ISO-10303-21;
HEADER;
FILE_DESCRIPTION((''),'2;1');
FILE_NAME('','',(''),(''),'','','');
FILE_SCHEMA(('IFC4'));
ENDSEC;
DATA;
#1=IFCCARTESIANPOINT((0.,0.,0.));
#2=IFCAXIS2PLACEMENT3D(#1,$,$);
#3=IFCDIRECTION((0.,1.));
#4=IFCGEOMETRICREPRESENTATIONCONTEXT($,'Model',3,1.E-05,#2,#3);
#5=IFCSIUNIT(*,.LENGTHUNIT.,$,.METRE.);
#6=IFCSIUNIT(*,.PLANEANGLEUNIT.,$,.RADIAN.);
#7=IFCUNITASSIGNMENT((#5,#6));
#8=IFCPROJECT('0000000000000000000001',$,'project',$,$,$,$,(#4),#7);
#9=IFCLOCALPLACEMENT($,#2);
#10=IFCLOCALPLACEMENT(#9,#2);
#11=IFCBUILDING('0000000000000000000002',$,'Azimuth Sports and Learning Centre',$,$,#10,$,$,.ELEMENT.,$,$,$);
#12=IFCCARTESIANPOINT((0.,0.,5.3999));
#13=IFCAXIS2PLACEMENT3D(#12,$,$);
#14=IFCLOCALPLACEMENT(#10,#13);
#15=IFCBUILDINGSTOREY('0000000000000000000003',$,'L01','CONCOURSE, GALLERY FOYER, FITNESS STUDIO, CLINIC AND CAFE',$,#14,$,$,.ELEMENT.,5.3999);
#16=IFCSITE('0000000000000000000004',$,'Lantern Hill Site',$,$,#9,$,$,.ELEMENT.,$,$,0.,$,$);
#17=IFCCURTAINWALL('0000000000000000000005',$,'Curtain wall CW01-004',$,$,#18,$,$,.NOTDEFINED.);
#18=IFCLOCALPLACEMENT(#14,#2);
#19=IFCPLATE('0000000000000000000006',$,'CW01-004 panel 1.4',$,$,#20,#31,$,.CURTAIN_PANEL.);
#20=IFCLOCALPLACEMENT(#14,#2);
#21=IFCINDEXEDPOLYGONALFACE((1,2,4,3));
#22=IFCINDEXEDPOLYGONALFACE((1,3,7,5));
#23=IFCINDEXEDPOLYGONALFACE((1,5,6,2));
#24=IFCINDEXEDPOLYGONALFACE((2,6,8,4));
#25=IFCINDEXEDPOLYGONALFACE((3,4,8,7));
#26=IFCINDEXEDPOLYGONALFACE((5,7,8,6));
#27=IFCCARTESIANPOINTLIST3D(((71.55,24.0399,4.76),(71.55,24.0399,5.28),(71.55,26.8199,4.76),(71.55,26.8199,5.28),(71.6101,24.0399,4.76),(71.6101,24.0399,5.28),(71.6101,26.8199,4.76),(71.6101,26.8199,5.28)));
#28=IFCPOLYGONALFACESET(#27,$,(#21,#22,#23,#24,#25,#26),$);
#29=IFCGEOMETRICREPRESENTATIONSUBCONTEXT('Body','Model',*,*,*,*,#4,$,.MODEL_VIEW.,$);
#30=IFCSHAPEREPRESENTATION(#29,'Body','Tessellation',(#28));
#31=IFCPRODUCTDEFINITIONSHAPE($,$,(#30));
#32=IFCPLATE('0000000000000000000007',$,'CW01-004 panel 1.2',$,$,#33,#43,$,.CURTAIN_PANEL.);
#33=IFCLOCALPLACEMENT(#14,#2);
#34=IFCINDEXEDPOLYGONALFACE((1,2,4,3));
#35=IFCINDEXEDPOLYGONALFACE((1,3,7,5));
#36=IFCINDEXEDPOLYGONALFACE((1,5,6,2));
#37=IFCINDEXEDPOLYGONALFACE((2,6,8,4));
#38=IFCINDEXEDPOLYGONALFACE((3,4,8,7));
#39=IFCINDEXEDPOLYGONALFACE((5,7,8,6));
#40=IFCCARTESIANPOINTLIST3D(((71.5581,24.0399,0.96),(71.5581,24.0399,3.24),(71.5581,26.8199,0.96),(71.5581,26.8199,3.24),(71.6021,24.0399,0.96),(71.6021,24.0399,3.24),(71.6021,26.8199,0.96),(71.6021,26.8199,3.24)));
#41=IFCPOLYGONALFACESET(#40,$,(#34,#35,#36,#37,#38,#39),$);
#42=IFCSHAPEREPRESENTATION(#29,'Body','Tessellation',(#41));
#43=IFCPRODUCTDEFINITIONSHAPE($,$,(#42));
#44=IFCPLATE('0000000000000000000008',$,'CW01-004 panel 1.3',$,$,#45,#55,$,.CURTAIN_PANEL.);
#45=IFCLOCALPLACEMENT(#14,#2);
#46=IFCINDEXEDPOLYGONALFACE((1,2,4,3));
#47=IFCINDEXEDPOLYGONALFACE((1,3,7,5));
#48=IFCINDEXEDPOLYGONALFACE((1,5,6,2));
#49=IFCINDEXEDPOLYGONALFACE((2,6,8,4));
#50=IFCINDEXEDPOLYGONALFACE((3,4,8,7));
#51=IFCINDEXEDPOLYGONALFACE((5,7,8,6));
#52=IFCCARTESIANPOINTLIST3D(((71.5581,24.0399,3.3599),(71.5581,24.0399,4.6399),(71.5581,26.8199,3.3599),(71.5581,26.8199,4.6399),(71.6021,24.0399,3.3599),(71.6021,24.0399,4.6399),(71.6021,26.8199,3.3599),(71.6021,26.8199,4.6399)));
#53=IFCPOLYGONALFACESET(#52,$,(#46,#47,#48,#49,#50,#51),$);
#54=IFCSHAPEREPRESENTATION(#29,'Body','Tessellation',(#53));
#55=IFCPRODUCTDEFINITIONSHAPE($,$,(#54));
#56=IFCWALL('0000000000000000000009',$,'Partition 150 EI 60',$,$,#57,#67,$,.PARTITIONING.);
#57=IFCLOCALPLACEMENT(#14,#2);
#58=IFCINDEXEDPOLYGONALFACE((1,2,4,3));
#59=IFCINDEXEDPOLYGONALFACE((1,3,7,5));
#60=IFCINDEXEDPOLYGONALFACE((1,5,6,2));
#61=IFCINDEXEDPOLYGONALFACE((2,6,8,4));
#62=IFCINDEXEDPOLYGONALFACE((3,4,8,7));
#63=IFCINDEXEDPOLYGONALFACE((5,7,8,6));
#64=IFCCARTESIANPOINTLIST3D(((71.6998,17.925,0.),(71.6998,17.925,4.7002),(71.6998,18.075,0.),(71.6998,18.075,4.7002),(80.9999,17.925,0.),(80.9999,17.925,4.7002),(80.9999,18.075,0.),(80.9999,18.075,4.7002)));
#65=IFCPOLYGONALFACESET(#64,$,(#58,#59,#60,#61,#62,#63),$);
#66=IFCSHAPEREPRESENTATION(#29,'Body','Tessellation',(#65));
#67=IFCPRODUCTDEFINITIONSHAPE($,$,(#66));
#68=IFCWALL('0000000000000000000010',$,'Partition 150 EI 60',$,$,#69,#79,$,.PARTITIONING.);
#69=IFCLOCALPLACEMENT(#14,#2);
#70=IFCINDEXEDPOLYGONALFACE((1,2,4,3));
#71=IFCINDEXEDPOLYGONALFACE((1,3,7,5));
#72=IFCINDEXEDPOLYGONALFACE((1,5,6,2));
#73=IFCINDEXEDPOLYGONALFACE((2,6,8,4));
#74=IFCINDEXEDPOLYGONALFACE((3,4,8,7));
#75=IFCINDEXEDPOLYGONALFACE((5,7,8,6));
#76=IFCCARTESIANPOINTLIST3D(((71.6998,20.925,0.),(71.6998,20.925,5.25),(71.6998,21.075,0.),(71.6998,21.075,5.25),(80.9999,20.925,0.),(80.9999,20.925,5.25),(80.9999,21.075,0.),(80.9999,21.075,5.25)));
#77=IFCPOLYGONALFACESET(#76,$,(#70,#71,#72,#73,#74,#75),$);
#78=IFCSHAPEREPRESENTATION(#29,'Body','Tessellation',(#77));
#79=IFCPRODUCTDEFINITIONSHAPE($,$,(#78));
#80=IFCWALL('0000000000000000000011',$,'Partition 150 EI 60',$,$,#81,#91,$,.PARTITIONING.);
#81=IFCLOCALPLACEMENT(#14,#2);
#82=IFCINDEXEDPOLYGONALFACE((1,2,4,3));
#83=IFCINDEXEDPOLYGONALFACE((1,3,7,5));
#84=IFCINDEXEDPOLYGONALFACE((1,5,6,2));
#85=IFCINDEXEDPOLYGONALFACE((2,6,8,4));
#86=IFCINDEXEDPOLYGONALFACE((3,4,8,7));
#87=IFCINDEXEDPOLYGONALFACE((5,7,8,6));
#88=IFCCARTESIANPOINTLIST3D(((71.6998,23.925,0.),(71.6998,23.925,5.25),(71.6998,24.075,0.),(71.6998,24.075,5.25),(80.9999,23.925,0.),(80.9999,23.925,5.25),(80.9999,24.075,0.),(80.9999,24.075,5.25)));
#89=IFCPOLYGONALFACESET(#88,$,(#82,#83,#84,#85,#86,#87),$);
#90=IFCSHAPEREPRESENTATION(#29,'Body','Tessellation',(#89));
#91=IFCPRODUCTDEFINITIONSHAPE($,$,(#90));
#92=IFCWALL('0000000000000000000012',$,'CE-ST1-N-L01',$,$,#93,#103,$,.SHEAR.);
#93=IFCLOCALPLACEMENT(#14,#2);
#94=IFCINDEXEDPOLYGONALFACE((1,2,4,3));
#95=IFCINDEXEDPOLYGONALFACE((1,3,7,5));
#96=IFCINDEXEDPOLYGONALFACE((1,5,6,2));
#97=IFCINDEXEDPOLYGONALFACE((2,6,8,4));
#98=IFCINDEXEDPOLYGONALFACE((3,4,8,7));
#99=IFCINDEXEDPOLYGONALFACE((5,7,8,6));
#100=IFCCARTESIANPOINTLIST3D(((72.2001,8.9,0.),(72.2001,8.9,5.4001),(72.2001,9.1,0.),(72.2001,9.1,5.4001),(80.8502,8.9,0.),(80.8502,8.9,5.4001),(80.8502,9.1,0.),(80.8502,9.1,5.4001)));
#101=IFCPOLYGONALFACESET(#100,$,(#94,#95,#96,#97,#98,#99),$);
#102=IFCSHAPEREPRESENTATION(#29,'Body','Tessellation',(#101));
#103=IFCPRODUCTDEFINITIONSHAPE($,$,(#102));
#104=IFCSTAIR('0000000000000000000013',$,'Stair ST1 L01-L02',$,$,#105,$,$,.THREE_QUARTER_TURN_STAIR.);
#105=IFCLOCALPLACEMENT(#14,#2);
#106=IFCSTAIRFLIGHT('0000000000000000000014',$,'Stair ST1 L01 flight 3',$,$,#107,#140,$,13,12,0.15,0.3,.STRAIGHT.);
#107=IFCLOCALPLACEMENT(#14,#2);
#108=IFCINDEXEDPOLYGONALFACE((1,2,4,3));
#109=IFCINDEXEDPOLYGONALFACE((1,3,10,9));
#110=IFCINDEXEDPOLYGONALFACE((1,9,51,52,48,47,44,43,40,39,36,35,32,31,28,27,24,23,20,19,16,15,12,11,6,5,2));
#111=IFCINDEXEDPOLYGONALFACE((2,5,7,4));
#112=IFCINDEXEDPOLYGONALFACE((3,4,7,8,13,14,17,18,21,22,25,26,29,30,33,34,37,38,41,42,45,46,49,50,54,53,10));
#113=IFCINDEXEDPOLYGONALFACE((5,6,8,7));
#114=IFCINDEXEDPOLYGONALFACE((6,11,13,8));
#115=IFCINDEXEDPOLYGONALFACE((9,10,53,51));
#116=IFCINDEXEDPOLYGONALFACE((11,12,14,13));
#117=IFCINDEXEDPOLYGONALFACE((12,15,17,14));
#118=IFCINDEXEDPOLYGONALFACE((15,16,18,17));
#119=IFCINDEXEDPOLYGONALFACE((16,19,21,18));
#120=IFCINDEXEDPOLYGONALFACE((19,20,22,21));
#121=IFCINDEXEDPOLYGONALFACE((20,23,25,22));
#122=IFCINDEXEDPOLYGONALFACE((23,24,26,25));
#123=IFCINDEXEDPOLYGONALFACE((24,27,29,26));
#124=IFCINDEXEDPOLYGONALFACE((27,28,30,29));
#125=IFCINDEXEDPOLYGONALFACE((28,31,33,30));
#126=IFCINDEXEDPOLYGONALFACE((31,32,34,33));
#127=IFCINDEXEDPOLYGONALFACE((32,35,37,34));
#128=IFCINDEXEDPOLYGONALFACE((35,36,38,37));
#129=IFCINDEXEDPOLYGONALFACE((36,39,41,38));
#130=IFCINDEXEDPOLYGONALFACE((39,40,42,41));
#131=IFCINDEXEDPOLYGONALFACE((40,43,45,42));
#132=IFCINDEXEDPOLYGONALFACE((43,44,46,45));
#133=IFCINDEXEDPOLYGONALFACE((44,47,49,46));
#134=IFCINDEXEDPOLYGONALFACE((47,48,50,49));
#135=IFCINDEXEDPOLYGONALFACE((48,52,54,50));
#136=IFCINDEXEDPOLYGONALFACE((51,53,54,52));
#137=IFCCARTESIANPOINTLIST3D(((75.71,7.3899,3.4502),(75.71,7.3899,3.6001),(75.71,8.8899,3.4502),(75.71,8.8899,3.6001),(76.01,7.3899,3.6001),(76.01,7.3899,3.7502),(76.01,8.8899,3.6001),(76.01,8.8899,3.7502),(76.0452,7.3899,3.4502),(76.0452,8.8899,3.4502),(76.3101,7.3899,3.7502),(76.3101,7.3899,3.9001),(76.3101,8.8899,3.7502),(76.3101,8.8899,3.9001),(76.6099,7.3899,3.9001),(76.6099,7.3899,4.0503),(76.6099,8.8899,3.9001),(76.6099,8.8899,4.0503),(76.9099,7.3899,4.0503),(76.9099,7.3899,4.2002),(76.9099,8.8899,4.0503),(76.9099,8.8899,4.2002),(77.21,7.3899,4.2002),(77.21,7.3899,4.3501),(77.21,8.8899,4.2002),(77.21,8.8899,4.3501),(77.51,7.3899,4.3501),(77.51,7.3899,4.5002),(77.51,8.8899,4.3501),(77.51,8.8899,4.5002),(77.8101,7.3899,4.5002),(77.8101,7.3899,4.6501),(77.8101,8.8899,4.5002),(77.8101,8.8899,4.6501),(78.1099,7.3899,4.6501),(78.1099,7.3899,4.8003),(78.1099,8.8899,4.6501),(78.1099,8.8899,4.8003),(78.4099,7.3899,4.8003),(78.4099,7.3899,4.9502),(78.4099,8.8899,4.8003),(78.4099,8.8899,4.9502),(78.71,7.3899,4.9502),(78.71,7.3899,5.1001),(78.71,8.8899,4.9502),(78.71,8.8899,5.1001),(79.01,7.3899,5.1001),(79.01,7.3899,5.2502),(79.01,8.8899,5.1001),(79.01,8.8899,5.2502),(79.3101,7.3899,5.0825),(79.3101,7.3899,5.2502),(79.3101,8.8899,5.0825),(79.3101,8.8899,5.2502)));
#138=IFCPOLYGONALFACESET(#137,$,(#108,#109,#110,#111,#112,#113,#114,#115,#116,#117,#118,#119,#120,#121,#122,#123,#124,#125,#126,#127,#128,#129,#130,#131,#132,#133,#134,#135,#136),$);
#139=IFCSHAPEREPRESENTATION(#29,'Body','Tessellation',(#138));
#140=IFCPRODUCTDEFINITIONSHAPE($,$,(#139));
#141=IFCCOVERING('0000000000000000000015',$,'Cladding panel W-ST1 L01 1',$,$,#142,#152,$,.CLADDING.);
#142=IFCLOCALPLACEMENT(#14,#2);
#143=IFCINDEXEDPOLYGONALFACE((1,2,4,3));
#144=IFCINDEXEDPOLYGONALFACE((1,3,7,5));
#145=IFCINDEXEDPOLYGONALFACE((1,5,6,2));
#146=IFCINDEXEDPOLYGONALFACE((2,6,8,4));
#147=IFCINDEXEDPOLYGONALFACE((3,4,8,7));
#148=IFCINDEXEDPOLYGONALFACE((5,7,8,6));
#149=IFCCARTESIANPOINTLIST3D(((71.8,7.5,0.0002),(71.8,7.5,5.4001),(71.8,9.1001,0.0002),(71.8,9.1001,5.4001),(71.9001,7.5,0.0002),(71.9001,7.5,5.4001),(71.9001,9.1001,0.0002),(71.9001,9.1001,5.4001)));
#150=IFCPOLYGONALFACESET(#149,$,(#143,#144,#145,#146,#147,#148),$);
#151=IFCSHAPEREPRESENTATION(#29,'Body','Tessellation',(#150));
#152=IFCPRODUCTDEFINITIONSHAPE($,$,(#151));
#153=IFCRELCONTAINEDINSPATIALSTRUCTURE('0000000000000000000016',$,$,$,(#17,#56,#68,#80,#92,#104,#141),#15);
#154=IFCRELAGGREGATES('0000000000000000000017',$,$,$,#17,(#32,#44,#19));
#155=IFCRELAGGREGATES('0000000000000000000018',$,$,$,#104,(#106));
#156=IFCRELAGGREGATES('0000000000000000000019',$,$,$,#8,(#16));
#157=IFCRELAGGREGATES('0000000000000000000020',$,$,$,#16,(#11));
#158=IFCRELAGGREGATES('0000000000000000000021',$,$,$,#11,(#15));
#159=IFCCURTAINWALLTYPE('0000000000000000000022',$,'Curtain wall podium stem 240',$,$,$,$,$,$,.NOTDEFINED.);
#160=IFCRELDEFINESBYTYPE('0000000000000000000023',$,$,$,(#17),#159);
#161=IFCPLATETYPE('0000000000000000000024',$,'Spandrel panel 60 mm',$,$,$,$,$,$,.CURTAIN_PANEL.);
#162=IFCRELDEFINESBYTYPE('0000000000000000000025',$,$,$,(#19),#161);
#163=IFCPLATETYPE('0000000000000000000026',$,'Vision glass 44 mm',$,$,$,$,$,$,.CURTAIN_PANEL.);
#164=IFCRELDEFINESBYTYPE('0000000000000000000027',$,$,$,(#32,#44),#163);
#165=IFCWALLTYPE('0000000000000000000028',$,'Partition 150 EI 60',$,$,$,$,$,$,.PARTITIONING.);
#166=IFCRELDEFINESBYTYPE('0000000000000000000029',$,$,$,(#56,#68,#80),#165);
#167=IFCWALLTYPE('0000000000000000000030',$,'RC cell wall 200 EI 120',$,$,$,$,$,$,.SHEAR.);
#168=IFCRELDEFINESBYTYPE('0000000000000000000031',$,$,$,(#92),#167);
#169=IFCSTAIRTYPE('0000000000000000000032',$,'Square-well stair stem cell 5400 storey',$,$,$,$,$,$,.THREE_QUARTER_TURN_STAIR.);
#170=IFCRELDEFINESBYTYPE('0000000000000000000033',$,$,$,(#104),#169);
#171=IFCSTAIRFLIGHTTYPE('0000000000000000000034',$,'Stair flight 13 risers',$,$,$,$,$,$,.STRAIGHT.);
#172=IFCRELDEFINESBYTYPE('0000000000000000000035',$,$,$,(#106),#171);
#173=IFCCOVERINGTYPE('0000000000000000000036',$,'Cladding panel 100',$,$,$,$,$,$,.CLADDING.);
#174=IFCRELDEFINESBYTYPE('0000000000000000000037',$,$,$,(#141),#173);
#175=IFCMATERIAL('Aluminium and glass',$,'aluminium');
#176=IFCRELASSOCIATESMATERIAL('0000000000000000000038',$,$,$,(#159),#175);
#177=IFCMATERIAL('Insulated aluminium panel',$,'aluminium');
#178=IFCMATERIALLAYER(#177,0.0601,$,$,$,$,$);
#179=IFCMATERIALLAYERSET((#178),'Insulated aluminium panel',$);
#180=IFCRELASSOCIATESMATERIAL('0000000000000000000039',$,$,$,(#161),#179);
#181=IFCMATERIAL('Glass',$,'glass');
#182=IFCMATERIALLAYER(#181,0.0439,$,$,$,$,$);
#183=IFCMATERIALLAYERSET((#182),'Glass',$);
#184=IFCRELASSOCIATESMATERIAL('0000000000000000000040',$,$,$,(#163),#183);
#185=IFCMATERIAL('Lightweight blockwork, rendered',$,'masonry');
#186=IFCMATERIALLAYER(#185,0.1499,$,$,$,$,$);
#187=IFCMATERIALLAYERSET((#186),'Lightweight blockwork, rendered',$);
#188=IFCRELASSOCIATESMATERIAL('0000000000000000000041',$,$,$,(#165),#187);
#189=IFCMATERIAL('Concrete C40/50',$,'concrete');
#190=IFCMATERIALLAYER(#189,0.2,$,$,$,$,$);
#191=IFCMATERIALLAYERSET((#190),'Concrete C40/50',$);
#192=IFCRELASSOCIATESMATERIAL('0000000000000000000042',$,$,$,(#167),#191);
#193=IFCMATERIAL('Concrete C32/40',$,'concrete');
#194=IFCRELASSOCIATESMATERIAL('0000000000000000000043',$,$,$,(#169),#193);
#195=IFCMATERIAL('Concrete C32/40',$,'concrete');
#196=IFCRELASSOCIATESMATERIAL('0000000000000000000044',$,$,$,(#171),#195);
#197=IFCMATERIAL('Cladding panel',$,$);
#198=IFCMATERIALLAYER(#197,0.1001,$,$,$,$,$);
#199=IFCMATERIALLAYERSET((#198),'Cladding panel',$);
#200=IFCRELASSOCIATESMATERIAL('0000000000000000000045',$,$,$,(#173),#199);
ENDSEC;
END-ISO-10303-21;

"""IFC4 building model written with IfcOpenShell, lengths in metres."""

from ifc_helpers import new_model, si_unit, direction, frame, frame_2d, origin, origin_2d, place, context, subcontext, project, spatial, polyline, rectangle, outline, extrude, material, layer, layer_set, type_object, element, aggregate, save


model = new_model("IFC4")

# Units and contexts
model_context = context("Model", 3, precision=1e-05, world=origin(), true_north=direction((0.0, 1.0)))
body_context = subcontext(model_context, "Body", "Model", "MODEL_VIEW")
ifc_project = project(units=[si_unit("LENGTHUNIT", "METRE"), si_unit("PLANEANGLEUNIT", "RADIAN")], contexts=[model_context])

# Site, building, storey
site_placement = place(None, origin())
site = spatial("IfcSite", under=ifc_project, at=site_placement, Name="Lantern Hill Site", CompositionType="ELEMENT", RefElevation=0.0)
building_placement = place(site_placement, origin())
building = spatial("IfcBuilding", under=site, at=building_placement, Name="Azimuth Sports and Learning Centre", CompositionType="ELEMENT")
storey_placement = place(building_placement, frame((0.0, 0.0, 5.3999)))
storey = spatial("IfcBuildingStorey", under=building, at=storey_placement, Name="L01", Description="CONCOURSE, GALLERY FOYER, FITNESS STUDIO, CLINIC AND CAFE", CompositionType="ELEMENT", Elevation=5.3999)

# Curtain wall, plates
ifc_material_1 = material(Name="Aluminium and glass", Category="aluminium")
curtain_wall_type = type_object("IfcCurtainWallType", Name="Curtain wall podium stem 240", PredefinedType="NOTDEFINED", material=ifc_material_1)
curtain_wall_placement = place(storey_placement, origin())
curtain_wall = element("IfcCurtainWall", 1, at=curtain_wall_placement, inside=storey, type_object=curtain_wall_type, Name="Curtain wall CW01-004", PredefinedType="NOTDEFINED")
ifc_material_2 = material(Name="Insulated aluminium panel", Category="aluminium")
ifc_layer_1 = layer(ifc_material_2, 0.0601)
ifc_layer_set_1 = layer_set([ifc_layer_1], Name="Insulated aluminium panel")
plate_type_1 = type_object("IfcPlateType", Name="Spandrel panel 60 mm", PredefinedType="CURTAIN_PANEL", material=ifc_layer_set_1)
plate_1_placement = place(storey_placement, frame((71.5801, 25.4299, 4.76), z_axis=(0.0, 0.0, 1.0), x_axis=(0.0, -1.0, 0.0)))
plate_1 = element("IfcPlate", 2, at=plate_1_placement, type_object=plate_type_1, Name="CW01-004 panel 1.4", PredefinedType="CURTAIN_PANEL", context=body_context, shape_type="SweptSolid", body=[
    extrude(rectangle(XDim=2.78, YDim=0.0601, at=origin_2d()), origin(), (0.0, 0.0, 1.0), 0.52),
])
ifc_material_3 = material(Name="Glass", Category="glass")
ifc_layer_2 = layer(ifc_material_3, 0.0439)
ifc_layer_set_2 = layer_set([ifc_layer_2], Name="Glass")
plate_type_2 = type_object("IfcPlateType", Name="Vision glass 44 mm", PredefinedType="CURTAIN_PANEL", material=ifc_layer_set_2)
plate_2_placement = place(storey_placement, frame((71.5801, 25.4299, 0.96), z_axis=(0.0, 0.0, 1.0), x_axis=(0.0, -1.0, 0.0)))
plate_2 = element("IfcPlate", 3, at=plate_2_placement, type_object=plate_type_2, Name="CW01-004 panel 1.2", PredefinedType="CURTAIN_PANEL", context=body_context, shape_type="SweptSolid", body=[
    extrude(rectangle(XDim=2.78, YDim=0.0439, at=origin_2d()), origin(), (0.0, 0.0, 1.0), 2.28),
])
plate_3_placement = place(storey_placement, frame((71.5801, 25.4299, 3.3599), z_axis=(0.0, 0.0, 1.0), x_axis=(0.0, -1.0, 0.0)))
plate_3 = element("IfcPlate", 4, at=plate_3_placement, type_object=plate_type_2, Name="CW01-004 panel 1.3", PredefinedType="CURTAIN_PANEL", context=body_context, shape_type="SweptSolid", body=[
    extrude(rectangle(XDim=2.78, YDim=0.0439, at=origin_2d()), origin(), (0.0, 0.0, 1.0), 1.28),
])
aggregate(curtain_wall, [plate_2, plate_3, plate_1])

# Walls
ifc_material_4 = material(Name="Lightweight blockwork, rendered", Category="masonry")
ifc_layer_3 = layer(ifc_material_4, 0.1499)
ifc_layer_set_3 = layer_set([ifc_layer_3], Name="Lightweight blockwork, rendered")
wall_type_1 = type_object("IfcWallType", Name="Partition 150 EI 60", PredefinedType="PARTITIONING", material=ifc_layer_set_3)
wall_1_placement = place(storey_placement, frame((71.7, 18.0, 0.0), z_axis=(0.0, 0.0, 1.0), x_axis=(1.0, 0.0, 0.0)))
element("IfcWall", 5, at=wall_1_placement, inside=storey, type_object=wall_type_1, Name="Partition 150 EI 60", PredefinedType="PARTITIONING", context=body_context, shape_type="SweptSolid", body=[
    extrude(rectangle(XDim=9.3, YDim=0.1499, at=frame_2d((4.6499, 0.0))), origin(), (0.0, 0.0, 1.0), 4.7002),
])
for number, where, z_axis, x_axis, name in (
    (6, (71.7, 21.0, 0.0), (0.0, 0.0, 1.0), (1.0, 0.0, 0.0), "Partition 150 EI 60"),
    (7, (71.7, 24.0, 0.0), (0.0, 0.0, 1.0), (1.0, 0.0, 0.0), "Partition 150 EI 60"),
):
    element("IfcWall", number, at=place(storey_placement, frame(where, z_axis=z_axis, x_axis=x_axis)), inside=storey, type_object=wall_type_1, Name=name, PredefinedType="PARTITIONING", context=body_context, shape_type="SweptSolid", body=[
        extrude(rectangle(XDim=9.3, YDim=0.1499, at=frame_2d((4.6499, 0.0))), origin(), (0.0, 0.0, 1.0), 5.25),
    ])
ifc_material_5 = material(Name="Concrete C40/50", Category="concrete")
ifc_layer_4 = layer(ifc_material_5, 0.2)
ifc_layer_set_4 = layer_set([ifc_layer_4], Name="Concrete C40/50")
wall_type_2 = type_object("IfcWallType", Name="RC cell wall 200 EI 120", PredefinedType="SHEAR", material=ifc_layer_set_4)
wall_2_placement = place(storey_placement, frame((72.2, 9.0, 0.0), z_axis=(0.0, 0.0, 1.0), x_axis=(1.0, 0.0, 0.0)))
element("IfcWall", 8, at=wall_2_placement, inside=storey, type_object=wall_type_2, Name="CE-ST1-N-L01", PredefinedType="SHEAR", context=body_context, shape_type="SweptSolid", body=[
    extrude(rectangle(XDim=8.6501, YDim=0.2, at=frame_2d((4.3252, 0.0))), origin(), (0.0, 0.0, 1.0), 5.4001),
])

# Stair, stair flight
ifc_material_6 = material(Name="Concrete C32/40", Category="concrete")
stair_type = type_object("IfcStairType", Name="Square-well stair stem cell 5400 storey", PredefinedType="THREE_QUARTER_TURN_STAIR", material=ifc_material_6)
stair_placement = place(storey_placement, origin())
stair = element("IfcStair", 9, at=stair_placement, inside=storey, type_object=stair_type, Name="Stair ST1 L01-L02", PredefinedType="THREE_QUARTER_TURN_STAIR")
ifc_material_7 = material(Name="Concrete C32/40", Category="concrete")
stair_flight_type = type_object("IfcStairFlightType", Name="Stair flight 13 risers", PredefinedType="STRAIGHT", material=ifc_material_7)
stair_flight_placement = place(storey_placement, frame((75.71, 8.1399, 3.4502), z_axis=(0.0, 0.0, 1.0), x_axis=(1.0, 0.0, 0.0)))
stair_flight = element("IfcStairFlight", 10, at=stair_flight_placement, type_object=stair_flight_type, Name="Stair ST1 L01 flight 3", NumberOfRisers=13, NumberOfTreads=12, PredefinedType="STRAIGHT", RiserHeight=0.15, TreadLength=0.3, context=body_context, shape_type="SweptSolid", body=[
    extrude(outline(polyline([(0.0, 0.0), (0.0, 0.1499), (0.3, 0.1499), (0.3, 0.3), (0.6001, 0.3), (0.6001, 0.45), (0.8999, 0.45), (0.8999, 0.6001), (1.2, 0.6001), (1.2, 0.75), (1.5, 0.75), (1.5, 0.8999), (1.8, 0.8999), (1.8, 1.05), (2.1001, 1.05), (2.1001, 1.2), (2.3999, 1.2), (2.3999, 1.3501), (2.7, 1.3501), (2.7, 1.5), (3.0, 1.5), (3.0, 1.6499), (3.3, 1.6499), (3.3, 1.8), (3.6001, 1.8), (3.6001, 1.95), (3.6001, 1.6323), (0.3352, 0.0), (0.0, 0.0)])), frame((0.0, 0.75, 0.0), z_axis=(0.0, -1.0, 0.0), x_axis=(1.0, 0.0, 0.0)), (0.0, 0.0, 1.0), 1.5),
])
aggregate(stair, [stair_flight])

# Covering
ifc_material_8 = material(Name="Cladding panel")
ifc_layer_5 = layer(ifc_material_8, 0.1001)
ifc_layer_set_5 = layer_set([ifc_layer_5], Name="Cladding panel")
covering_type = type_object("IfcCoveringType", Name="Cladding panel 100", PredefinedType="CLADDING", material=ifc_layer_set_5)
covering_placement = place(storey_placement, frame((71.8501, 8.3, 0.0002), z_axis=(0.0, 0.0, 1.0), x_axis=(0.0, -1.0, 0.0)))
element("IfcCovering", 11, at=covering_placement, inside=storey, type_object=covering_type, Name="Cladding panel W-ST1 L01 1", PredefinedType="CLADDING", context=body_context, shape_type="SweptSolid", body=[
    extrude(rectangle(XDim=1.6001, YDim=0.1001, at=origin_2d()), origin(), (0.0, 0.0, 1.0), 5.3999),
])

save(model, "model.ifc")
